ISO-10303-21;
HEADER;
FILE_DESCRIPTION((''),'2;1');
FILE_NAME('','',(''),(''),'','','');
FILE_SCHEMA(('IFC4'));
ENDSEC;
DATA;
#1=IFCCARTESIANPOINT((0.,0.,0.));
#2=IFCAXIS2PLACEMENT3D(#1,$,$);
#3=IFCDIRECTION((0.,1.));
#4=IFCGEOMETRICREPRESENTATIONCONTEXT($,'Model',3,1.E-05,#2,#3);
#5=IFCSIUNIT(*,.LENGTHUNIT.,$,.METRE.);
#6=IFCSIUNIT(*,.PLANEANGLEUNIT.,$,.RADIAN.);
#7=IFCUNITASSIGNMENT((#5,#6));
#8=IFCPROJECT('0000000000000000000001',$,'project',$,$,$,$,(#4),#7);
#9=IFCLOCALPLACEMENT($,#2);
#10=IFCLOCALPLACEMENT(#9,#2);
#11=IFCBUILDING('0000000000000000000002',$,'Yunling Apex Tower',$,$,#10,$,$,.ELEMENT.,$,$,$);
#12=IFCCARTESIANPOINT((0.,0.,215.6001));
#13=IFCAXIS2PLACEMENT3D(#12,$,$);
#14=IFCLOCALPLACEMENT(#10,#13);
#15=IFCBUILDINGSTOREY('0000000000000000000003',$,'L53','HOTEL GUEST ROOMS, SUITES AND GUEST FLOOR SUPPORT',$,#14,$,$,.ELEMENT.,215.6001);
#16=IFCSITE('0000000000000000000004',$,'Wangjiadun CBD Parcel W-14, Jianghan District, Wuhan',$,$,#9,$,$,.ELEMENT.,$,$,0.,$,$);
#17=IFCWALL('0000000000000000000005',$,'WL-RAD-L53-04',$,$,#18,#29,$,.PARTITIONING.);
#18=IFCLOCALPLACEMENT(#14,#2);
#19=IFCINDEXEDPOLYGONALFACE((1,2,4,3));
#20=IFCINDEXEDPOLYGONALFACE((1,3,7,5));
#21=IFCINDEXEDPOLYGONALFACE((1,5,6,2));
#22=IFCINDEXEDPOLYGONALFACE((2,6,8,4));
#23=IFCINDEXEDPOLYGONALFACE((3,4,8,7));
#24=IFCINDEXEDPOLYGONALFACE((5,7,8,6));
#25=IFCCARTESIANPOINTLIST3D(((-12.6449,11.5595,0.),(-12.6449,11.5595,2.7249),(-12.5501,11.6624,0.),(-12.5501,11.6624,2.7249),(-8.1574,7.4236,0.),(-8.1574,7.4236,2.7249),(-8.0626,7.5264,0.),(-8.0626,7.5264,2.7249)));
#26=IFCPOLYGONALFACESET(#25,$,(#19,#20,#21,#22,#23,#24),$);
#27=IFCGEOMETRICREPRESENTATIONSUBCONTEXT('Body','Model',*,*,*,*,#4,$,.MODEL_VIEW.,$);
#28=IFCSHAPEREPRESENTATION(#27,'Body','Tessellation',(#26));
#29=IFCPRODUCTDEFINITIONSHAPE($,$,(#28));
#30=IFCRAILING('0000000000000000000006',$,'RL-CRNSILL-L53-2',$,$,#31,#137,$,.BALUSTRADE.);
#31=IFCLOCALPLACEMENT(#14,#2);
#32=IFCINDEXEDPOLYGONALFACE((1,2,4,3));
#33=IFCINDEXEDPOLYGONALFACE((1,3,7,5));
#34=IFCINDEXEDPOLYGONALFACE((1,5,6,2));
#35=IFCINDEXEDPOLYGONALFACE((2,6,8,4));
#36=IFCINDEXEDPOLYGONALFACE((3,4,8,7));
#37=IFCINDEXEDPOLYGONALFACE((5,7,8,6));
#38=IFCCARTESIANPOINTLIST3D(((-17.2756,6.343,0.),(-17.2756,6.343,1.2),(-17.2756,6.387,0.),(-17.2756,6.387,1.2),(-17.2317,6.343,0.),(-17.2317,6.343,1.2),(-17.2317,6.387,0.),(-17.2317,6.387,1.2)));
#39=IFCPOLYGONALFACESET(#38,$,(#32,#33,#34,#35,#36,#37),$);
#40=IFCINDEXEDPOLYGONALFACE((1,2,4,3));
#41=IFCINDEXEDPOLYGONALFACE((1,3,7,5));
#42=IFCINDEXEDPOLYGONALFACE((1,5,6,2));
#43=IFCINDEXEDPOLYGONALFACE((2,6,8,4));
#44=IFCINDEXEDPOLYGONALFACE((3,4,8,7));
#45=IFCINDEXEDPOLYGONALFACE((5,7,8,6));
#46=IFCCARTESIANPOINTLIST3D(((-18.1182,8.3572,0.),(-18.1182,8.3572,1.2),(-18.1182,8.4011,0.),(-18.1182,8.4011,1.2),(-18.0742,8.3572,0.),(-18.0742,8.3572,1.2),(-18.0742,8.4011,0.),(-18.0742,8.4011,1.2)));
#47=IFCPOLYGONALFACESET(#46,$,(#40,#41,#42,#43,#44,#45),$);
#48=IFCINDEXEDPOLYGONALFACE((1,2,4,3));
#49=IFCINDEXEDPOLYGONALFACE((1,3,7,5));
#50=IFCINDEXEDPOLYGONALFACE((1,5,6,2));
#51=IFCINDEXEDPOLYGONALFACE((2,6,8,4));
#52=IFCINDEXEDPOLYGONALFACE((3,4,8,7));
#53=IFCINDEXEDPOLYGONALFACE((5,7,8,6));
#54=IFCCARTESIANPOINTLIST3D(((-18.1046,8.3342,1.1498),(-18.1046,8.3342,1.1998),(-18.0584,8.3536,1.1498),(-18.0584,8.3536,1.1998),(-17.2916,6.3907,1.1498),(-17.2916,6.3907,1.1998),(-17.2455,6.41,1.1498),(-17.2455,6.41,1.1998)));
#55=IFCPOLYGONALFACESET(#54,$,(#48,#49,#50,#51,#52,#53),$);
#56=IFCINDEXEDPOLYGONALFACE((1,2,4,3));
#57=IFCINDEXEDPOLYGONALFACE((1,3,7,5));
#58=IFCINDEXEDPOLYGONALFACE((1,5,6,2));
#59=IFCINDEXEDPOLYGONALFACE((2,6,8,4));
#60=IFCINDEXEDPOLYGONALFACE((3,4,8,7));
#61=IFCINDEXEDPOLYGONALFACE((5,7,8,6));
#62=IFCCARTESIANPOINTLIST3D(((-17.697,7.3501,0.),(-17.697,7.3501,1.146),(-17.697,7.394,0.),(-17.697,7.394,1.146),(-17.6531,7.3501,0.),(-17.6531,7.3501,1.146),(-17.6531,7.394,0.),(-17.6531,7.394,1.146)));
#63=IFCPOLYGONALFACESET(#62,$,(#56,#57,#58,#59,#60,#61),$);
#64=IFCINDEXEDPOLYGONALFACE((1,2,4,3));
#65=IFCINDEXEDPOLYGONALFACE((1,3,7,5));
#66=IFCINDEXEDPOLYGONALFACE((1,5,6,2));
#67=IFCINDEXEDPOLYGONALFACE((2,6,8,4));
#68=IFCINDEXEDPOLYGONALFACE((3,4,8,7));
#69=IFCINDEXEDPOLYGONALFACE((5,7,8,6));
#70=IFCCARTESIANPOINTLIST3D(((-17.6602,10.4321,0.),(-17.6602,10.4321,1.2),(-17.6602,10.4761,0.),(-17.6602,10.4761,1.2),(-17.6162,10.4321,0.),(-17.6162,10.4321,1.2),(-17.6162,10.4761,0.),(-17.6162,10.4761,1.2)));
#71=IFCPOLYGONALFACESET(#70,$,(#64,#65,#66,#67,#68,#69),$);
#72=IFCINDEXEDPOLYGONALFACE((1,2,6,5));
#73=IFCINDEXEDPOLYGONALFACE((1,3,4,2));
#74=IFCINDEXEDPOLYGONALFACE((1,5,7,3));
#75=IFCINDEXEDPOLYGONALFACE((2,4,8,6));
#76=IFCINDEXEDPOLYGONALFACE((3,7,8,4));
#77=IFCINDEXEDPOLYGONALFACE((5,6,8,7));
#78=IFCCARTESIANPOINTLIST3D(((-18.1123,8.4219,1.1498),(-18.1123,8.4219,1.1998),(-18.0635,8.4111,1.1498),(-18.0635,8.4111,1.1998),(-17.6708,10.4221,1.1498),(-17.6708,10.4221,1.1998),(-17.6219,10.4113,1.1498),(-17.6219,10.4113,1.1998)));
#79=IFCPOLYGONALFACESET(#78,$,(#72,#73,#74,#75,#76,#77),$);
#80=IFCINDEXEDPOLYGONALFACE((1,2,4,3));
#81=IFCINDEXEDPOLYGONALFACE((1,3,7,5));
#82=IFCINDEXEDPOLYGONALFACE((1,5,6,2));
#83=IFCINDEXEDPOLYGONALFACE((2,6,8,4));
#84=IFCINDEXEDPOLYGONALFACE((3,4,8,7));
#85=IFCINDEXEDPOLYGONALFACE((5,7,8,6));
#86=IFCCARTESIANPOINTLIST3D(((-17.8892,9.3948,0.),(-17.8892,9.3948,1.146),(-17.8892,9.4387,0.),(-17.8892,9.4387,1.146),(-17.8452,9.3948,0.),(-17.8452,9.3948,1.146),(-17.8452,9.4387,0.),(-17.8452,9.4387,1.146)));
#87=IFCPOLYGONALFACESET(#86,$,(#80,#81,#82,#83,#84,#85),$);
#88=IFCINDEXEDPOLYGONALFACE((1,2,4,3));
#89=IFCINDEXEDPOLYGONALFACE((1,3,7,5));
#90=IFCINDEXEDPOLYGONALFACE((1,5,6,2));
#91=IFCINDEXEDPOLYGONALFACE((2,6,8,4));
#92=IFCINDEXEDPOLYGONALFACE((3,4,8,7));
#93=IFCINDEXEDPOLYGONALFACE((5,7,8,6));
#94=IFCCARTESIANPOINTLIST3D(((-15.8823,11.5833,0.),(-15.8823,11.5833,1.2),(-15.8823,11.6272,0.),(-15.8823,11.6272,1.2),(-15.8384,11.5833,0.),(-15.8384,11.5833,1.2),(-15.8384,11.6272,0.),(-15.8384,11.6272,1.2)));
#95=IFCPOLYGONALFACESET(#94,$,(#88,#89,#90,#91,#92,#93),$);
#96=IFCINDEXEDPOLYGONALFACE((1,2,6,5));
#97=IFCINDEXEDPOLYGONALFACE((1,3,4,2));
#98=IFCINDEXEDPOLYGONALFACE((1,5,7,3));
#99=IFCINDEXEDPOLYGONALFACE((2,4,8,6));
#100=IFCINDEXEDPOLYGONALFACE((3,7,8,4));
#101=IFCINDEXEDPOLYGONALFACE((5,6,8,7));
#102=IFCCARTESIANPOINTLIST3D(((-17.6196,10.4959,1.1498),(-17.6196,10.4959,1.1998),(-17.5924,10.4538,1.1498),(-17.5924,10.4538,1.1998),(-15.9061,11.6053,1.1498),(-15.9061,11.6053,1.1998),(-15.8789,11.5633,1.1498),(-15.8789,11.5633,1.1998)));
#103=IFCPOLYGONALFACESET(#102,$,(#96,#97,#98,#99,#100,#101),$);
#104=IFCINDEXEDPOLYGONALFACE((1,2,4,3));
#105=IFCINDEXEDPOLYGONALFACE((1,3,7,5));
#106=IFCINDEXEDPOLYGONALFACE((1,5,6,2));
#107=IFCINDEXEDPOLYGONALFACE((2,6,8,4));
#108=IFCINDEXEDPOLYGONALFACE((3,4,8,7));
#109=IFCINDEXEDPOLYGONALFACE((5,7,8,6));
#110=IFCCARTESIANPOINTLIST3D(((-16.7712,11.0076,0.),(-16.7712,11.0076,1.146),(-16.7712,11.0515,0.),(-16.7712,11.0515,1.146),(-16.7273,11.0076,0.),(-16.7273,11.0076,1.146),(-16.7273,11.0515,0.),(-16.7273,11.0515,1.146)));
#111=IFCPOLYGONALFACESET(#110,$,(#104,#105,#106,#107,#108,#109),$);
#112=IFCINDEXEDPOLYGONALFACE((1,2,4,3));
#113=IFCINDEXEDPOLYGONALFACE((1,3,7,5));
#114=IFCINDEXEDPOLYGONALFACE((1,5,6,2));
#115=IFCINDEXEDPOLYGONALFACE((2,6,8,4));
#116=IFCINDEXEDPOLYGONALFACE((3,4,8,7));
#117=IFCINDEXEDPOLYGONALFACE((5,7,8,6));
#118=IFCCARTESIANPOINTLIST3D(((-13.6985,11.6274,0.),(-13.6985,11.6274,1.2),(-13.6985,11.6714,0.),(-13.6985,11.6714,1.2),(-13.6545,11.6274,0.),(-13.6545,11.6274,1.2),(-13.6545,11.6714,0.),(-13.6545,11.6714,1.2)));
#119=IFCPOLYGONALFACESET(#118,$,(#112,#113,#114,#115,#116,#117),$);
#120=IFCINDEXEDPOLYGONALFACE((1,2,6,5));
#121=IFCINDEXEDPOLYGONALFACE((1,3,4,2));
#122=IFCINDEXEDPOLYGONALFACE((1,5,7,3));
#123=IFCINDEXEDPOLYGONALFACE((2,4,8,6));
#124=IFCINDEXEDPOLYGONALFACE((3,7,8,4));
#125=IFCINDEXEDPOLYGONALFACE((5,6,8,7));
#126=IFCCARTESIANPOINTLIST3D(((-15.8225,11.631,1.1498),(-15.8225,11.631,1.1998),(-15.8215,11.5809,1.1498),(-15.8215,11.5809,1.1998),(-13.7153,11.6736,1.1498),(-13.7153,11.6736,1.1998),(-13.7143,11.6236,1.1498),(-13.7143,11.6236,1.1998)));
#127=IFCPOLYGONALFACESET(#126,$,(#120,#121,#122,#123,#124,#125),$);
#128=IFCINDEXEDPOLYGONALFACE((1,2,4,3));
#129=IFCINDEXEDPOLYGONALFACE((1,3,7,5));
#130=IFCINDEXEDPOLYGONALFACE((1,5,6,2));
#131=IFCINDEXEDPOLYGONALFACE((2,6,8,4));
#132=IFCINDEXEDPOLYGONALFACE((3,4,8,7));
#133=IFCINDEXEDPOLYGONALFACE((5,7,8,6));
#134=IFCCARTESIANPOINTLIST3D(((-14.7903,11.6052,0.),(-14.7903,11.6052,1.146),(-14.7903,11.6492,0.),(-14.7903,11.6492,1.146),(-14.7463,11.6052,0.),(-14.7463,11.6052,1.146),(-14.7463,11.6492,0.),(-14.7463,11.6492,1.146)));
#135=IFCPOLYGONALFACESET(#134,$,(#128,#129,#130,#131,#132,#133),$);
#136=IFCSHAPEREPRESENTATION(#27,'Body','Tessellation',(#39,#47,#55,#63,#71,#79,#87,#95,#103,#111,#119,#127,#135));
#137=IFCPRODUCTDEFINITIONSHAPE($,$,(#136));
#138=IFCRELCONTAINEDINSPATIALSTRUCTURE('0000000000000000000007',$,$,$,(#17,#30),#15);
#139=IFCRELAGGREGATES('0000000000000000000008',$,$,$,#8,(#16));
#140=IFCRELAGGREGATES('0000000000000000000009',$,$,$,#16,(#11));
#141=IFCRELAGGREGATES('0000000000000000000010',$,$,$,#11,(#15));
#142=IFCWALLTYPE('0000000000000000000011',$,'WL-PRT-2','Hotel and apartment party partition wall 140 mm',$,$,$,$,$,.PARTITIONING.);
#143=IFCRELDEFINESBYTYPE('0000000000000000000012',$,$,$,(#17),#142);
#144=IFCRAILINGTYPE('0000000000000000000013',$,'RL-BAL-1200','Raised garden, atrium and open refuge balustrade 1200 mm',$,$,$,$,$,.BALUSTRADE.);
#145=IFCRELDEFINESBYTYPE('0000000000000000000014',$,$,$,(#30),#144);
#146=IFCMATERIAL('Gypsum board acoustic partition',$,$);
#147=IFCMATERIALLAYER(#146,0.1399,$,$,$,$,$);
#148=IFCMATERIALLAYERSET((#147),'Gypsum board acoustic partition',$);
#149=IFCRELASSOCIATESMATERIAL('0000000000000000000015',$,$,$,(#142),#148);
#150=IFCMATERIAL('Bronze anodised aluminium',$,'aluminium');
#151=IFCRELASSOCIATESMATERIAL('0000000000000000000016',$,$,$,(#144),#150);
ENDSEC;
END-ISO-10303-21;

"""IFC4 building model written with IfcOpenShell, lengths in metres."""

from ifc_helpers import new_model, si_unit, direction, frame, frame_2d, origin, origin_2d, place, context, subcontext, project, spatial, rectangle, extrude, material, layer, layer_set, type_object, element, save


model = new_model("IFC4")

# Units and contexts
model_context = context("Model", 3, precision=1e-05, world=origin(), true_north=direction((0.0, 1.0)))
body_context = subcontext(model_context, "Body", "Model", "MODEL_VIEW")
ifc_project = project(units=[si_unit("LENGTHUNIT", "METRE"), si_unit("PLANEANGLEUNIT", "RADIAN")], contexts=[model_context])

# Site, building, storey
site_placement = place(None, origin())
site = spatial("IfcSite", under=ifc_project, at=site_placement, Name="Wangjiadun CBD Parcel W-14, Jianghan District, Wuhan", CompositionType="ELEMENT", RefElevation=0.0)
building_placement = place(site_placement, origin())
building = spatial("IfcBuilding", under=site, at=building_placement, Name="Yunling Apex Tower", CompositionType="ELEMENT")
storey_placement = place(building_placement, frame((0.0, 0.0, 215.6001)))
storey = spatial("IfcBuildingStorey", under=building, at=storey_placement, Name="L53", Description="HOTEL GUEST ROOMS, SUITES AND GUEST FLOOR SUPPORT", CompositionType="ELEMENT", Elevation=215.6001)

# Shared definitions
ifc_material_1 = material(Name="Bronze anodised aluminium", Category="aluminium")

# Wall
ifc_material_2 = material(Name="Gypsum board acoustic partition")
ifc_layer_1 = layer(ifc_material_2, 0.1399)
ifc_layer_set_1 = layer_set([ifc_layer_1], Name="Gypsum board acoustic partition")
wall_type_1 = type_object("IfcWallType", Name="WL-PRT-2", Description="Hotel and apartment party partition wall 140 mm", PredefinedType="PARTITIONING", material=ifc_layer_set_1)
wall_1_placement = place(storey_placement, frame((-8.1101, 7.4751, 0.0), z_axis=(0.0, 0.0, 1.0), x_axis=(-0.735323, 0.677717, 0.0)))
element("IfcWall", 1, at=wall_1_placement, inside=storey, type_object=wall_type_1, Name="WL-RAD-L53-04", PredefinedType="PARTITIONING", context=body_context, shape_type="SweptSolid", body=[
    extrude(rectangle(XDim=6.1028, YDim=0.1399, at=frame_2d((3.0513, 0.0))), origin(), (0.0, 0.0, 1.0), 2.7249),
])

# Railing
railing_type = type_object("IfcRailingType", Name="RL-BAL-1200", Description="Raised garden, atrium and open refuge balustrade 1200 mm", PredefinedType="BALUSTRADE", material=ifc_material_1)
railing_placement = place(storey_placement, frame((-17.2537, 6.365, 0.0)))
element("IfcRailing", 2, at=railing_placement, inside=storey, type_object=railing_type, Name="RL-CRNSILL-L53-2", PredefinedType="BALUSTRADE", context=body_context, shape_type="SweptSolid", body=[
    extrude(rectangle(XDim=0.0439, YDim=0.0439, at=origin_2d()), origin(), (0.0, 0.0, 1.0), 1.2),
    extrude(rectangle(XDim=0.0439, YDim=0.0439, at=origin_2d()), frame((-0.8425, 2.0142, 0.0)), (0.0, 0.0, 1.0), 1.2),
    extrude(rectangle(XDim=0.05, YDim=0.05, at=origin_2d()), frame((-0.0149, 0.0354, 1.1748), z_axis=(-0.385901, 0.92254, 0.0), x_axis=(-0.92254, -0.385901, 0.0)), (0.0, 0.0, 1.0), 2.1067),
    extrude(rectangle(XDim=0.0439, YDim=0.0439, at=origin_2d()), frame((-0.4214, 1.0071, 0.0)), (0.0, 0.0, 1.0), 1.146),
    extrude(rectangle(XDim=0.0439, YDim=0.0439, at=origin_2d()), frame((-0.3845, 4.0891, 0.0)), (0.0, 0.0, 1.0), 1.2),
    extrude(rectangle(XDim=0.05, YDim=0.05, at=origin_2d()), frame((-0.8342, 2.0515, 1.1748), z_axis=(0.215543, 0.976494, 0.0), x_axis=(-0.976494, 0.215543, 0.0)), (0.0, 0.0, 1.0), 2.0483),
    extrude(rectangle(XDim=0.0439, YDim=0.0439, at=origin_2d()), frame((-0.6135, 3.0518, 0.0)), (0.0, 0.0, 1.0), 1.146),
    extrude(rectangle(XDim=0.0439, YDim=0.0439, at=origin_2d()), frame((1.3933, 5.2402, 0.0)), (0.0, 0.0, 1.0), 1.2),
    extrude(rectangle(XDim=0.05, YDim=0.05, at=origin_2d()), frame((-0.3523, 4.1099, 1.1748), z_axis=(0.839406, 0.543505, 0.0), x_axis=(-0.543505, 0.839406, 0.0)), (0.0, 0.0, 1.0), 2.0413),
    extrude(rectangle(XDim=0.0439, YDim=0.0439, at=origin_2d()), frame((0.5044, 4.6646, 0.0)), (0.0, 0.0, 1.0), 1.146),
    extrude(rectangle(XDim=0.0439, YDim=0.0439, at=origin_2d()), frame((3.5771, 5.2844, 0.0)), (0.0, 0.0, 1.0), 1.2),
    extrude(rectangle(XDim=0.05, YDim=0.05, at=origin_2d()), frame((1.4316, 5.241, 1.1748), z_axis=(0.999795, 0.020231, 0.0), x_axis=(-0.020231, 0.999795, 0.0)), (0.0, 0.0, 1.0), 2.1077),
    extrude(rectangle(XDim=0.0439, YDim=0.0439, at=origin_2d()), frame((2.4854, 5.2622, 0.0)), (0.0, 0.0, 1.0), 1.146),
])

save(model, "model.ifc")
